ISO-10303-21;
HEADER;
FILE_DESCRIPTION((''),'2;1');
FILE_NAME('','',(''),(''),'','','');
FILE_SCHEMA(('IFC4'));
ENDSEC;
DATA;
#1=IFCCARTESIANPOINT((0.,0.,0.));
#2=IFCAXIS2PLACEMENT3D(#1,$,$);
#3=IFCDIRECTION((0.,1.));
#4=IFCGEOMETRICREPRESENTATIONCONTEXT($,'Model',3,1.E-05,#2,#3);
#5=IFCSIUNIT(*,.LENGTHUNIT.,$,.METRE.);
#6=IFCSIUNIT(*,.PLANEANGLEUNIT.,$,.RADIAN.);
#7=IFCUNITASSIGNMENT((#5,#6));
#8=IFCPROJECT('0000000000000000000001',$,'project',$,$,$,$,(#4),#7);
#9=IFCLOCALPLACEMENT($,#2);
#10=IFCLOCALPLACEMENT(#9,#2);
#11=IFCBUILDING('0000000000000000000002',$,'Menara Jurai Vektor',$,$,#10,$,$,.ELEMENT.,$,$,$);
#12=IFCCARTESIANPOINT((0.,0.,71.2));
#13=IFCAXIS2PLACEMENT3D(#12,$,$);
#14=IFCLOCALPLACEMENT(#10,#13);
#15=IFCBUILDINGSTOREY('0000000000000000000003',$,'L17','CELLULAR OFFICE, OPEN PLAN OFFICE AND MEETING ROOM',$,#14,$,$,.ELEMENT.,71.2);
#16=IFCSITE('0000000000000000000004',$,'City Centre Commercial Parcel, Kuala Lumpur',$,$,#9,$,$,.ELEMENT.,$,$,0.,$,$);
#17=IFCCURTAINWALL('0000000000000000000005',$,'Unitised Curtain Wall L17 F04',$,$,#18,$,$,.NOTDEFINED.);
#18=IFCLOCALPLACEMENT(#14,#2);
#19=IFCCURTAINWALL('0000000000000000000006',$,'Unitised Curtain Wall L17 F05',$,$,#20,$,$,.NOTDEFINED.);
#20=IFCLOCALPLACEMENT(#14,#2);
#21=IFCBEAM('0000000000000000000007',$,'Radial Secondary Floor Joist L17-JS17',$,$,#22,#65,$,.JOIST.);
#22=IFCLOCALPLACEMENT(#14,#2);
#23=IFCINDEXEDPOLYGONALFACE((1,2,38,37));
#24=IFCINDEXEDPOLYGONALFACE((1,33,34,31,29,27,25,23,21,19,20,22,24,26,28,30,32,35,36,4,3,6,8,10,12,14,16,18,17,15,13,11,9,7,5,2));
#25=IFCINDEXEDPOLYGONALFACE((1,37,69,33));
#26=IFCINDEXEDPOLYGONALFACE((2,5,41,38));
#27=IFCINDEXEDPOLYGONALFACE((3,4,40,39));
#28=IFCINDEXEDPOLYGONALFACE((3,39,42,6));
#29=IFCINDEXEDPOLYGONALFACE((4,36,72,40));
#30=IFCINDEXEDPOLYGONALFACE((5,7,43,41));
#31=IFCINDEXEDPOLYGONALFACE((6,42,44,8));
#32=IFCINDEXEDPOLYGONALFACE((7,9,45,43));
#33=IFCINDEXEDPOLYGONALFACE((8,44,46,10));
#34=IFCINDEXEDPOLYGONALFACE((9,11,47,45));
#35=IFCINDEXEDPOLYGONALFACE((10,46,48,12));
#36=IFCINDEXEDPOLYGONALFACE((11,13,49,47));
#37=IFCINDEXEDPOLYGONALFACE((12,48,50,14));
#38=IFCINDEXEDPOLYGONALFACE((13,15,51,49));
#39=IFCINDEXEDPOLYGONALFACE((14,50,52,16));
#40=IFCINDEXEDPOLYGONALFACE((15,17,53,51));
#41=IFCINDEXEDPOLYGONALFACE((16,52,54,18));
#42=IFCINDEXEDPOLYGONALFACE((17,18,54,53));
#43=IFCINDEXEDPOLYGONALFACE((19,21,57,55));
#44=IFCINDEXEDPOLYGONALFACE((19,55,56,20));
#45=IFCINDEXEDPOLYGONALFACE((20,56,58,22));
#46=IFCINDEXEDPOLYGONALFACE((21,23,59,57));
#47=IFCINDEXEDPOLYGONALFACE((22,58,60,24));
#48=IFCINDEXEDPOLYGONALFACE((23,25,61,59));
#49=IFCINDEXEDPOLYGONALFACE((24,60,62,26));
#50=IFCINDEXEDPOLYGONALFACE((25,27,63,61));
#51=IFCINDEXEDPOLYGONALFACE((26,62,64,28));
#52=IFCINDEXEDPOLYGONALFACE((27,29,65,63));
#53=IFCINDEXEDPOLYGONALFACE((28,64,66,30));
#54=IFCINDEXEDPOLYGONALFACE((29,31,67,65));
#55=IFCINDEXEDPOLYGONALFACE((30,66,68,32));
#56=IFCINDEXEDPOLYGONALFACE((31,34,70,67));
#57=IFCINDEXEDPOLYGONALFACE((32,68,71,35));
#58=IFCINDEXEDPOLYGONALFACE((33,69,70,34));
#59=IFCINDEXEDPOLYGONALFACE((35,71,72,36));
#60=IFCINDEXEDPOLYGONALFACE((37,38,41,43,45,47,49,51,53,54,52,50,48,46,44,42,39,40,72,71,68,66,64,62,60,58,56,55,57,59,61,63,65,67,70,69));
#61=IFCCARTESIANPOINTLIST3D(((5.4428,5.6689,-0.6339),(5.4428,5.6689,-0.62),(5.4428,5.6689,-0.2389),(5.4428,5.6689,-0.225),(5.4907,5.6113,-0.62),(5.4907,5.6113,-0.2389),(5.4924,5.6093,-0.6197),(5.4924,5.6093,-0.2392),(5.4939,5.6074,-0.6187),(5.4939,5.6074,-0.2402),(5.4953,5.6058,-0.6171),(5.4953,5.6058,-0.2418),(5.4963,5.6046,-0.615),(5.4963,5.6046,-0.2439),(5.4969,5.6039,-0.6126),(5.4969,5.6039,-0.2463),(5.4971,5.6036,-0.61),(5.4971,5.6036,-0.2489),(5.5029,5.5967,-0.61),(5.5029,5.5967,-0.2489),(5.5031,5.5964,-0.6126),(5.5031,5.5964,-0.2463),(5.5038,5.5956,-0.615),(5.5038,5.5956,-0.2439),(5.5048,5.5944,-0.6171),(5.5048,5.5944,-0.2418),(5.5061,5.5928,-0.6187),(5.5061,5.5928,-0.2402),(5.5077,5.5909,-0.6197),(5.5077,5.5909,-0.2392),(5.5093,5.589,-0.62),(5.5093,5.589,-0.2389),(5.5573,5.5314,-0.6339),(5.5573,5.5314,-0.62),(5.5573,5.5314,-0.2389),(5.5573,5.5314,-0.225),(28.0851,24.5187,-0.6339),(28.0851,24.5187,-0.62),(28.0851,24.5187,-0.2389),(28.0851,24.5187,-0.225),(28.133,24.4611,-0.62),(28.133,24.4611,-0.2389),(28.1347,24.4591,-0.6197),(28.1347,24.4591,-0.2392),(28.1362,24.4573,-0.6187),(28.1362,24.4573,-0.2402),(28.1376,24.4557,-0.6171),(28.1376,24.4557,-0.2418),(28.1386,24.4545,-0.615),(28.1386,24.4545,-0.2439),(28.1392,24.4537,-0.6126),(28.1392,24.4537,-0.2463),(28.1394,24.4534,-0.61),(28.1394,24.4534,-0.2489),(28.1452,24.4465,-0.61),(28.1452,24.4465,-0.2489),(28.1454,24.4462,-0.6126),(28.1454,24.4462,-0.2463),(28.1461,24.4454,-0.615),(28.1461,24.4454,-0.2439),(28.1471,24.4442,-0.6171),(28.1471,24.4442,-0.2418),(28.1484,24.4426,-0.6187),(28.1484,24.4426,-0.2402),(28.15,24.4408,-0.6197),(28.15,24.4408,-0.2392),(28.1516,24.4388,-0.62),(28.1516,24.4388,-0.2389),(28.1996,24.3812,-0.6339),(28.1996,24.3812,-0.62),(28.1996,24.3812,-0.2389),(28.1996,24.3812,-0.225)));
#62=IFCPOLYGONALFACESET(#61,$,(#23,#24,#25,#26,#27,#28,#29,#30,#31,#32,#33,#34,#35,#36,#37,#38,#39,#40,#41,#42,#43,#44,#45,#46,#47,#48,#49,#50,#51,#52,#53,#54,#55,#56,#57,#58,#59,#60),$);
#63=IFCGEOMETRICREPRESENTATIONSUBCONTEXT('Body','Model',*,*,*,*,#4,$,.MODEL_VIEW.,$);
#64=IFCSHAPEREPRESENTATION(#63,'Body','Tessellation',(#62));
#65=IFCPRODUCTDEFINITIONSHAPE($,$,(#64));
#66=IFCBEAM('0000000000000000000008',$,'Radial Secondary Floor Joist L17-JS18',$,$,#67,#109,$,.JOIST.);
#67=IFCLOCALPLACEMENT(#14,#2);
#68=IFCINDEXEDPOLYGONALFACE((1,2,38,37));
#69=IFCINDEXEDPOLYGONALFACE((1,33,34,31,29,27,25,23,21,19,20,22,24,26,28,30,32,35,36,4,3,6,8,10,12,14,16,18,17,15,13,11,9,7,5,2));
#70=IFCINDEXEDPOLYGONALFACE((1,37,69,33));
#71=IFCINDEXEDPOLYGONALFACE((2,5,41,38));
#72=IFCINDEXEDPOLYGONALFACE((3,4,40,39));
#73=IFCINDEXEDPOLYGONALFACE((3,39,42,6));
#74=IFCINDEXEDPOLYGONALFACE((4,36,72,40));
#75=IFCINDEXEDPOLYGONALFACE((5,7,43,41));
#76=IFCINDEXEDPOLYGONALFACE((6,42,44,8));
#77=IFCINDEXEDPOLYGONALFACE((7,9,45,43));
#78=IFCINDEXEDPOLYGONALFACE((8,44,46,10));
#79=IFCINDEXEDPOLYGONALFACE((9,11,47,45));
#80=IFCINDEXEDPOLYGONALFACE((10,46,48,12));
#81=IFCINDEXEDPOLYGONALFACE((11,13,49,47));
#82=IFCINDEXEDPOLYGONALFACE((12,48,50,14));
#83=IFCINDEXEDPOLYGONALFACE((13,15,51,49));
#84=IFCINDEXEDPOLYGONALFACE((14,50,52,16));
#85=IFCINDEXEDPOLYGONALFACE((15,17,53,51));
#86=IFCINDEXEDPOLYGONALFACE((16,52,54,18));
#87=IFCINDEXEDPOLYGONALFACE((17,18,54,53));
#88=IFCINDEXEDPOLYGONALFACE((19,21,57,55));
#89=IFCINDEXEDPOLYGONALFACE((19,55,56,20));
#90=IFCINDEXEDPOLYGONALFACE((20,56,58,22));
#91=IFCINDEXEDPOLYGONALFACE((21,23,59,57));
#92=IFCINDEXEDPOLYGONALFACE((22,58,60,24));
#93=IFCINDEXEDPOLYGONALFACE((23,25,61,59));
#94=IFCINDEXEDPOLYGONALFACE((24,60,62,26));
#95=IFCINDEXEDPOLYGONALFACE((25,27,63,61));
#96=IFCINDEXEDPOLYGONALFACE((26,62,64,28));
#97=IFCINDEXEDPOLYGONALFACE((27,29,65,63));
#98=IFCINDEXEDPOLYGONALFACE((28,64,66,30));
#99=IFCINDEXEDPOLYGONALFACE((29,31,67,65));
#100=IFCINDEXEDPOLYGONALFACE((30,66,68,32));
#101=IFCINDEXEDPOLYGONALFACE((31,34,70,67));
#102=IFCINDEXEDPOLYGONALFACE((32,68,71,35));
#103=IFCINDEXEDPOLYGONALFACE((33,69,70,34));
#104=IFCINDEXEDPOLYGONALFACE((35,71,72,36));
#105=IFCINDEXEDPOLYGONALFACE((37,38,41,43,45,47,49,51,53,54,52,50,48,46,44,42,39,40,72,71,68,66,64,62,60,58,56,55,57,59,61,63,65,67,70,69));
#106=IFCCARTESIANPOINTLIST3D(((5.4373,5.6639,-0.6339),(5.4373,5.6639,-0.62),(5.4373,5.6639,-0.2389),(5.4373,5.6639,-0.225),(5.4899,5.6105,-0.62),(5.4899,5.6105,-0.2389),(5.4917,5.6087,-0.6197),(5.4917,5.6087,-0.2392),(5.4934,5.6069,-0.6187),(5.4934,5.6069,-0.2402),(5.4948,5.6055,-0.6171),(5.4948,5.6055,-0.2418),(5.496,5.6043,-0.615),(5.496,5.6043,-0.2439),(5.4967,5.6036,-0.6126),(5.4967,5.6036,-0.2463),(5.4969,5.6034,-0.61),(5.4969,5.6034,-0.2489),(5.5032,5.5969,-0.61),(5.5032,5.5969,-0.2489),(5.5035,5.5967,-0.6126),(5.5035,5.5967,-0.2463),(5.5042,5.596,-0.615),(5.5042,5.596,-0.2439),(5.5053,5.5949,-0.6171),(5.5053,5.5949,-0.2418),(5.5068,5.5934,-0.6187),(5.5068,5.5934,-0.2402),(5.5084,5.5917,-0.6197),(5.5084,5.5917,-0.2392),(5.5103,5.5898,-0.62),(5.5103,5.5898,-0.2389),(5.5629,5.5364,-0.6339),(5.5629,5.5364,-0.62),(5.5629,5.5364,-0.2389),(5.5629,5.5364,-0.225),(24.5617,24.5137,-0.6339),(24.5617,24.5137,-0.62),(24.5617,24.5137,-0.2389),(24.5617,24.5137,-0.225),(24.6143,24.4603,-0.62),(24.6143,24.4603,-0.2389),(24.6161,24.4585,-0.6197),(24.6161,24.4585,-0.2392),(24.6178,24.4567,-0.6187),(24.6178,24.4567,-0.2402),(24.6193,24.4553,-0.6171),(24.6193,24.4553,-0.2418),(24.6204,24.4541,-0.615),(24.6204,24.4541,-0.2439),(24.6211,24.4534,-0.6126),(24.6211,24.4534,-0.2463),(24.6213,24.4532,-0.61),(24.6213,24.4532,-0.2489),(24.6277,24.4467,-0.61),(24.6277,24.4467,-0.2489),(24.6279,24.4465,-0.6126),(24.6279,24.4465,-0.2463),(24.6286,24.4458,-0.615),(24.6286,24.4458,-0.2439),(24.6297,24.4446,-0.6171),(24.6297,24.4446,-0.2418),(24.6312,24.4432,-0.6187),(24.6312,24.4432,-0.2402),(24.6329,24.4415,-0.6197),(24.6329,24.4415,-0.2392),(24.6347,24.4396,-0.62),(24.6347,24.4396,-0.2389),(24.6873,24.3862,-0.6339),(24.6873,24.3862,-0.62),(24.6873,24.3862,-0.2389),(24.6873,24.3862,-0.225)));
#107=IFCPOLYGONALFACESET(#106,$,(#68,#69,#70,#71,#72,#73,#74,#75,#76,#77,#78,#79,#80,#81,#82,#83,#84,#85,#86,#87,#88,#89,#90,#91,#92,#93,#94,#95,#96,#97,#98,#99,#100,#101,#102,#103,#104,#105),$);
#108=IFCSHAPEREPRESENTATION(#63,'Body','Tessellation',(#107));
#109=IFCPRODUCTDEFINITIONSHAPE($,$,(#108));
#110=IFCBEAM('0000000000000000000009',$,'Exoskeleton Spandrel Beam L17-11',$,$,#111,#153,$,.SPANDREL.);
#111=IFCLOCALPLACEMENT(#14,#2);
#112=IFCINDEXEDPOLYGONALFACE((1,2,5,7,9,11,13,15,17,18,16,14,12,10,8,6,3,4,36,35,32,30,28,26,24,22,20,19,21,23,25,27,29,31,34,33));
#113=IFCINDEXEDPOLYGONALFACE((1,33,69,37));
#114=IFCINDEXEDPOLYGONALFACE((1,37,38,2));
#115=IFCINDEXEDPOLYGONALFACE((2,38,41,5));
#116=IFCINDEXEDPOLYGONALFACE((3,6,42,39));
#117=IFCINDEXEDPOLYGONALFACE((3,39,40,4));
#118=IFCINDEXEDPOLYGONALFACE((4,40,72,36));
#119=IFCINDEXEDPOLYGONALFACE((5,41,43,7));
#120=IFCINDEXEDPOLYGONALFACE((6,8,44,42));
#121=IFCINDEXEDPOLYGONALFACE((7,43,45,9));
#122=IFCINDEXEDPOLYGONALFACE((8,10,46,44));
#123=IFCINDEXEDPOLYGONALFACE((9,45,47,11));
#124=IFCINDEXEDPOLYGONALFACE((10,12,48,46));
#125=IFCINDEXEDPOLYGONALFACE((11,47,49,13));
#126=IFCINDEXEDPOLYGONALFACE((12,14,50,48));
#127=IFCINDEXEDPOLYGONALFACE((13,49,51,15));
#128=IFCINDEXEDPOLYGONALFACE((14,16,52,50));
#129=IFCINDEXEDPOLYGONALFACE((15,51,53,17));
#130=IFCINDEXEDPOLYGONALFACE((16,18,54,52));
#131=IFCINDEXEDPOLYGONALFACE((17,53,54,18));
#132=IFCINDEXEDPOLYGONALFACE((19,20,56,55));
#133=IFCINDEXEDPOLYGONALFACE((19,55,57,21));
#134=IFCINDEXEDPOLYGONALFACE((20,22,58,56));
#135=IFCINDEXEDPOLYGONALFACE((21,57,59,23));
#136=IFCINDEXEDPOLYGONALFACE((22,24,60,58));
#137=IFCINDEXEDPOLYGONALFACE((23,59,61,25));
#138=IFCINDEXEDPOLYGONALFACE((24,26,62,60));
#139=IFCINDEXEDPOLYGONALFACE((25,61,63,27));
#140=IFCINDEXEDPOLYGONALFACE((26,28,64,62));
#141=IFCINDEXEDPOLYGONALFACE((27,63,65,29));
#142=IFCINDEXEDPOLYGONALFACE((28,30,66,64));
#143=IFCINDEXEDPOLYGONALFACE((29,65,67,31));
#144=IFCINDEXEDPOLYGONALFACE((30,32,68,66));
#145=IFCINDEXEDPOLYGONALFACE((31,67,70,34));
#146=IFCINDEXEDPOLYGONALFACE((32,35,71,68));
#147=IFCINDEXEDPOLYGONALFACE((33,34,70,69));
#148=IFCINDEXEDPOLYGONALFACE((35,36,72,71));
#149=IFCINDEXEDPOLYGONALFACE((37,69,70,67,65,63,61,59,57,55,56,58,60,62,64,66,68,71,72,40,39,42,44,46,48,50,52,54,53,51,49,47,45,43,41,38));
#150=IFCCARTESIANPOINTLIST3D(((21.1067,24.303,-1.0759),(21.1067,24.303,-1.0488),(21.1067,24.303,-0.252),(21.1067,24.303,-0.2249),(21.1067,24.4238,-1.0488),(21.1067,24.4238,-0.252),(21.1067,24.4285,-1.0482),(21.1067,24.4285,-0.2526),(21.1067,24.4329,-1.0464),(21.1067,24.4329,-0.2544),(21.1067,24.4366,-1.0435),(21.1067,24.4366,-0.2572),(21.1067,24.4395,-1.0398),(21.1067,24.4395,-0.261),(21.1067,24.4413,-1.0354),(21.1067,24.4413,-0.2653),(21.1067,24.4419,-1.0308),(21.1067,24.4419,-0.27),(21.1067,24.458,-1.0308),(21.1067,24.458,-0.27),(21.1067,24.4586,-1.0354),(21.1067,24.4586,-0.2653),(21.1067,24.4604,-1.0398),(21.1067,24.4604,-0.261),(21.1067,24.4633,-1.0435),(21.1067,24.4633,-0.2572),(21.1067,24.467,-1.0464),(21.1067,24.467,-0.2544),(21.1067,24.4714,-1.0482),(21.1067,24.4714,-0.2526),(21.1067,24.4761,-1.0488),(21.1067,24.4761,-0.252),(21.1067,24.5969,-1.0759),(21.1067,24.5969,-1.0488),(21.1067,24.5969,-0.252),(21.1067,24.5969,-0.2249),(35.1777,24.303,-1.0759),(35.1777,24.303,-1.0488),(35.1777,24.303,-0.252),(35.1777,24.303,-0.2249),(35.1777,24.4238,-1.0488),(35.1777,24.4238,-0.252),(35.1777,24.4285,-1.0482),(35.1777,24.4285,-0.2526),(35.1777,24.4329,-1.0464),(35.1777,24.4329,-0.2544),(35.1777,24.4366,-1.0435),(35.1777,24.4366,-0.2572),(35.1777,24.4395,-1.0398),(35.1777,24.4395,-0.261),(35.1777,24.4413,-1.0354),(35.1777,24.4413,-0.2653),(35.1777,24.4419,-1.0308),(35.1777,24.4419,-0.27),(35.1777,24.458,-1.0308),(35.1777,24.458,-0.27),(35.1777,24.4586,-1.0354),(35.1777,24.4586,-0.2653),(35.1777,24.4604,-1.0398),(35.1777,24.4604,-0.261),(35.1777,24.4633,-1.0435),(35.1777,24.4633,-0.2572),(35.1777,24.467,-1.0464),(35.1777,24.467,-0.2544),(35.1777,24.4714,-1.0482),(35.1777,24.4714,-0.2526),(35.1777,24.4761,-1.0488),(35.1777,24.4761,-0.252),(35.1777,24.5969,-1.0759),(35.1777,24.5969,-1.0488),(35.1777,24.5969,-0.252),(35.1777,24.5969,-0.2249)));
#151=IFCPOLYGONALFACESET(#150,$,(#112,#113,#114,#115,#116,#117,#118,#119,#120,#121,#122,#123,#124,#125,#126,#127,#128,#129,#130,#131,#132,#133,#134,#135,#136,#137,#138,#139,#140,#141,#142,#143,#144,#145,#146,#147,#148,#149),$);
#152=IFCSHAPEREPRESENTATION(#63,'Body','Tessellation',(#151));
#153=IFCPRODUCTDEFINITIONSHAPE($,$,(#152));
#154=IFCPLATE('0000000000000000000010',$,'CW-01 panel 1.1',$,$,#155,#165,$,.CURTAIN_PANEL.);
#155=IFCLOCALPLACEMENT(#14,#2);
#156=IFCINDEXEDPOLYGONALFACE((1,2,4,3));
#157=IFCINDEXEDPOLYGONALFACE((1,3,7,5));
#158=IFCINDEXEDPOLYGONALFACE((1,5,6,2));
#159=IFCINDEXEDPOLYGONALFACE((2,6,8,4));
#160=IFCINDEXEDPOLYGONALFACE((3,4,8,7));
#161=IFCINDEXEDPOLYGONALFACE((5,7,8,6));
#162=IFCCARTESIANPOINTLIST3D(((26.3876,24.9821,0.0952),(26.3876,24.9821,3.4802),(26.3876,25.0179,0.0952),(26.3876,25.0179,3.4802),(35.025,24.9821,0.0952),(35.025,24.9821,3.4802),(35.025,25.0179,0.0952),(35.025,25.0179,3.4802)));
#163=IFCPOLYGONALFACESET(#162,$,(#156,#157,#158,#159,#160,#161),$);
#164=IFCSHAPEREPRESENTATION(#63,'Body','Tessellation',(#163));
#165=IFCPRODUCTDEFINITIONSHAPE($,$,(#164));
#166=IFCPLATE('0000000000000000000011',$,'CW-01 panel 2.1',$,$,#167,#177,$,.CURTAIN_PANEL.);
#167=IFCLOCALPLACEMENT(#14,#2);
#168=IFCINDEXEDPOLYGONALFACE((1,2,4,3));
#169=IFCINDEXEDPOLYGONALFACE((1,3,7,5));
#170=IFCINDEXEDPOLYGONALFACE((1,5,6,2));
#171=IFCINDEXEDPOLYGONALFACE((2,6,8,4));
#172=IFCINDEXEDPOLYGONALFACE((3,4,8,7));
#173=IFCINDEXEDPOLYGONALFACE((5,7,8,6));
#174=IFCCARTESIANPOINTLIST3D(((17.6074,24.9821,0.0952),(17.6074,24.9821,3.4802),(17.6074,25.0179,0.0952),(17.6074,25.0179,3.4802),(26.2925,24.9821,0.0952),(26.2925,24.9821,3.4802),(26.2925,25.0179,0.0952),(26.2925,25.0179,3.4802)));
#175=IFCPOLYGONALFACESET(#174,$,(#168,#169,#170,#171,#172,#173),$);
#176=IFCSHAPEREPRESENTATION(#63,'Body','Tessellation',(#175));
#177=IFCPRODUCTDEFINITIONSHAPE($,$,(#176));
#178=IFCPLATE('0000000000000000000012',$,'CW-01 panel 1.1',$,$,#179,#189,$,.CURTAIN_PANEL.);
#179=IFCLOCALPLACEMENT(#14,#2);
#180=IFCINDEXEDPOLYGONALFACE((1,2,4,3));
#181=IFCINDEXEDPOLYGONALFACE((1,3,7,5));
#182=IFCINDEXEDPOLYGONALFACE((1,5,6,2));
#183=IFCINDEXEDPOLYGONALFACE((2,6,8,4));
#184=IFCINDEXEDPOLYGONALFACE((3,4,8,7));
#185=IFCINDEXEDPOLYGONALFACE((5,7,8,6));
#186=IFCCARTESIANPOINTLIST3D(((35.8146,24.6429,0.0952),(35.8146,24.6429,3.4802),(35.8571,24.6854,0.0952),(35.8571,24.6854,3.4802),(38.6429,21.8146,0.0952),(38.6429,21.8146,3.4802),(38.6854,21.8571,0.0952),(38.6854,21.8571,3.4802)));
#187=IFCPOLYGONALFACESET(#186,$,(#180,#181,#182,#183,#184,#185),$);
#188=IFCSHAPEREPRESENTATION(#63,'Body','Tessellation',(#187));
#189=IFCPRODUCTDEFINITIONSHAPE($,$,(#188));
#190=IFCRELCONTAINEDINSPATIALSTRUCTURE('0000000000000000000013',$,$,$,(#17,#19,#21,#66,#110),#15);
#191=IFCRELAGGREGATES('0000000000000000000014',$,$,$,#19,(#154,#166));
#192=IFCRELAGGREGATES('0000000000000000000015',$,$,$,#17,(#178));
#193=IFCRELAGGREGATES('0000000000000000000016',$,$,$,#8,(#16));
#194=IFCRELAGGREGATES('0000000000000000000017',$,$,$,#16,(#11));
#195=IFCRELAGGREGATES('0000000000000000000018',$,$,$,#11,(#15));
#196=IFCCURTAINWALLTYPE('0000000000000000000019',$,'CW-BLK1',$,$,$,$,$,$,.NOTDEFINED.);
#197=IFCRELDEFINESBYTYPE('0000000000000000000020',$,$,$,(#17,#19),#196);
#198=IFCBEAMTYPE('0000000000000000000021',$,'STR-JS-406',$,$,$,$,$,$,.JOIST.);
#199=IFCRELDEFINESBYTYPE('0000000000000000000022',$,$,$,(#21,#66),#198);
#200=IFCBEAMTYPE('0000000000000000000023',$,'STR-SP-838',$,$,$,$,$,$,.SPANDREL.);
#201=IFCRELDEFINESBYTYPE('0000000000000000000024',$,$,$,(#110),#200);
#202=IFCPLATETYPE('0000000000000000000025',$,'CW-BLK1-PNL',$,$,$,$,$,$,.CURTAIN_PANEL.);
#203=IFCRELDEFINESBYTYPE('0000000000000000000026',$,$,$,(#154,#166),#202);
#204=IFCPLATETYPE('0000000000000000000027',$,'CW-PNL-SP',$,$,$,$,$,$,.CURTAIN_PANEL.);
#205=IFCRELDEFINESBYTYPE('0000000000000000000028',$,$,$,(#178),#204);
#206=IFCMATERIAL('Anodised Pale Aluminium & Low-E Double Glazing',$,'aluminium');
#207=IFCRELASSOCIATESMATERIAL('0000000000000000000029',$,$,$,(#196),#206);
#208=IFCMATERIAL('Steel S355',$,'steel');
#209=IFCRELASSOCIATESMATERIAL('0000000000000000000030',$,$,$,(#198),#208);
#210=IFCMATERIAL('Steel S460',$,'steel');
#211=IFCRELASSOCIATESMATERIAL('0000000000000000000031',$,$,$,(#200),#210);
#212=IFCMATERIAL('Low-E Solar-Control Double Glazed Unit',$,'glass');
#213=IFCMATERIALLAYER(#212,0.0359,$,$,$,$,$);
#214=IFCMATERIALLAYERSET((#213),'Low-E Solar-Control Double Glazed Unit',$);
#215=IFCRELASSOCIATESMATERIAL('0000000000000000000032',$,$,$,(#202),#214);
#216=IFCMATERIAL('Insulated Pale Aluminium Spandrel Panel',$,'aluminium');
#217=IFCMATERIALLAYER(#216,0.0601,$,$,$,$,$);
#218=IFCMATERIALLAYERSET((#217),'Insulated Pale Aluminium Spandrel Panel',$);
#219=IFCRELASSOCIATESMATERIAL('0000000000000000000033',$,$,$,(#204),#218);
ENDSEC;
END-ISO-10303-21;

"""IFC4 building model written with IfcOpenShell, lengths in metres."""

from ifc_helpers import new_model, si_unit, direction, frame, origin, origin_2d, place, context, subcontext, project, spatial, rectangle, i_section, extrude, material, layer, layer_set, material_profile, profile_set, type_object, element, aggregate, save


model = new_model("IFC4")

# Units and contexts
model_context = context("Model", 3, precision=1e-05, world=origin(), true_north=direction((0.0, 1.0)))
body_context = subcontext(model_context, "Body", "Model", "MODEL_VIEW")
ifc_project = project(units=[si_unit("LENGTHUNIT", "METRE"), si_unit("PLANEANGLEUNIT", "RADIAN")], contexts=[model_context])

# Site, building, storey
site_placement = place(None, origin())
site = spatial("IfcSite", under=ifc_project, at=site_placement, Name="City Centre Commercial Parcel, Kuala Lumpur", CompositionType="ELEMENT", RefElevation=0.0)
building_placement = place(site_placement, origin())
building = spatial("IfcBuilding", under=site, at=building_placement, Name="Menara Jurai Vektor", CompositionType="ELEMENT")
storey_placement = place(building_placement, frame((0.0, 0.0, 71.2)))
storey = spatial("IfcBuildingStorey", under=building, at=storey_placement, Name="L17", Description="CELLULAR OFFICE, OPEN PLAN OFFICE AND MEETING ROOM", CompositionType="ELEMENT", Elevation=71.2)

# Shared definitions
ifc_material_1 = material(Name="Steel S460", Category="steel")

# Curtain walls
ifc_material_2 = material(Name="Anodised Pale Aluminium & Low-E Double Glazing", Category="aluminium")
curtain_wall_type = type_object("IfcCurtainWallType", Name="CW-BLK1", PredefinedType="NOTDEFINED", material=ifc_material_2)
curtain_wall_1_placement = place(storey_placement, origin())
curtain_wall_1 = element("IfcCurtainWall", 1, at=curtain_wall_1_placement, inside=storey, type_object=curtain_wall_type, Name="Unitised Curtain Wall L17 F04", PredefinedType="NOTDEFINED")
curtain_wall_2_placement = place(storey_placement, origin())
curtain_wall_2 = element("IfcCurtainWall", 2, at=curtain_wall_2_placement, inside=storey, type_object=curtain_wall_type, Name="Unitised Curtain Wall L17 F05", PredefinedType="NOTDEFINED")

# Shared definitions
ifc_material_3 = material(Name="Steel S355", Category="steel")

# Beams
ifc_material_profile_1 = material_profile(ifc_material_3, i_section(OverallWidth=0.179, OverallDepth=0.4089, WebThickness=0.009, FlangeThickness=0.0139, FilletRadius=0.01, at=origin_2d()), Name="UKB 406x178x67")
ifc_profile_set_1 = profile_set([ifc_material_profile_1], Name="Steel S355")
beam_type_1 = type_object("IfcBeamType", Name="STR-JS-406", PredefinedType="JOIST", material=ifc_profile_set_1)
beam_1_placement = place(storey_placement, frame((28.1423, 24.45, -0.4294), z_axis=(-0.768534, -0.639809, 0.0), x_axis=(0.639809, -0.768534, 0.0)))
element("IfcBeam", 3, at=beam_1_placement, inside=storey, type_object=beam_type_1, Name="Radial Secondary Floor Joist L17-JS17", PredefinedType="JOIST", context=body_context, shape_type="SweptSolid", body=[
    extrude(i_section(OverallWidth=0.179, OverallDepth=0.4089, WebThickness=0.009, FlangeThickness=0.0139, FilletRadius=0.01, at=origin_2d()), origin(), (0.0, 0.0, 1.0), 29.4617),
])
beam_2_placement = place(storey_placement, frame((24.6245, 24.45, -0.4294), z_axis=(-0.712202, -0.701974, 0.0), x_axis=(0.701974, -0.712202, 0.0)))
element("IfcBeam", 4, at=beam_2_placement, inside=storey, type_object=beam_type_1, Name="Radial Secondary Floor Joist L17-JS18", PredefinedType="JOIST", context=body_context, shape_type="SweptSolid", body=[
    extrude(i_section(OverallWidth=0.179, OverallDepth=0.4089, WebThickness=0.009, FlangeThickness=0.0139, FilletRadius=0.01, at=origin_2d()), origin(), (0.0, 0.0, 1.0), 26.8525),
])
ifc_material_profile_2 = material_profile(ifc_material_1, i_section(OverallWidth=0.2939, OverallDepth=0.8511, WebThickness=0.0161, FlangeThickness=0.0271, FilletRadius=0.0181, at=origin_2d()), Name="UKB 838x292x226")
ifc_profile_set_2 = profile_set([ifc_material_profile_2], Name="Steel S460")
beam_type_2 = type_object("IfcBeamType", Name="STR-SP-838", PredefinedType="SPANDREL", material=ifc_profile_set_2)
beam_3_placement = place(storey_placement, frame((35.1777, 24.45, -0.6504), z_axis=(-1.0, 0.0, 0.0), x_axis=(0.0, -1.0, 0.0)))
element("IfcBeam", 5, at=beam_3_placement, inside=storey, type_object=beam_type_2, Name="Exoskeleton Spandrel Beam L17-11", PredefinedType="SPANDREL", context=body_context, shape_type="SweptSolid", body=[
    extrude(i_section(OverallWidth=0.2939, OverallDepth=0.8511, WebThickness=0.0161, FlangeThickness=0.0271, FilletRadius=0.0181, at=origin_2d()), origin(), (0.0, 0.0, 1.0), 14.071),
])

# Plates
ifc_material_4 = material(Name="Low-E Solar-Control Double Glazed Unit", Category="glass")
ifc_layer_1 = layer(ifc_material_4, 0.0359)
ifc_layer_set_1 = layer_set([ifc_layer_1], Name="Low-E Solar-Control Double Glazed Unit")
plate_type_1 = type_object("IfcPlateType", Name="CW-BLK1-PNL", PredefinedType="CURTAIN_PANEL", material=ifc_layer_set_1)
plate_1_placement = place(storey_placement, frame((30.7063, 25.0, 0.0952), z_axis=(0.0, 0.0, 1.0), x_axis=(-1.0, 0.0, 0.0)))
plate_1 = element("IfcPlate", 6, at=plate_1_placement, type_object=plate_type_1, Name="CW-01 panel 1.1", PredefinedType="CURTAIN_PANEL", context=body_context, shape_type="SweptSolid", body=[
    extrude(rectangle(XDim=8.6375, YDim=0.0359, at=origin_2d()), origin(), (0.0, 0.0, 1.0), 3.385),
])
plate_2_placement = place(storey_placement, frame((21.95, 25.0, 0.0952), z_axis=(0.0, 0.0, 1.0), x_axis=(-1.0, 0.0, 0.0)))
plate_2 = element("IfcPlate", 7, at=plate_2_placement, type_object=plate_type_1, Name="CW-01 panel 2.1", PredefinedType="CURTAIN_PANEL", context=body_context, shape_type="SweptSolid", body=[
    extrude(rectangle(XDim=8.6851, YDim=0.0359, at=origin_2d()), origin(), (0.0, 0.0, 1.0), 3.385),
])
aggregate(curtain_wall_2, [plate_1, plate_2])
ifc_material_5 = material(Name="Insulated Pale Aluminium Spandrel Panel", Category="aluminium")
ifc_layer_2 = layer(ifc_material_5, 0.0601)
ifc_layer_set_2 = layer_set([ifc_layer_2], Name="Insulated Pale Aluminium Spandrel Panel")
plate_type_2 = type_object("IfcPlateType", Name="CW-PNL-SP", PredefinedType="CURTAIN_PANEL", material=ifc_layer_set_2)
plate_3_placement = place(storey_placement, frame((37.25, 23.25, 0.0952), z_axis=(0.0, 0.0, 1.0), x_axis=(-0.707107, 0.707107, 0.0)))
plate_3 = element("IfcPlate", 8, at=plate_3_placement, type_object=plate_type_2, Name="CW-01 panel 1.1", PredefinedType="CURTAIN_PANEL", context=body_context, shape_type="SweptSolid", body=[
    extrude(rectangle(XDim=3.9998, YDim=0.0601, at=origin_2d()), origin(), (0.0, 0.0, 1.0), 3.385),
])
aggregate(curtain_wall_1, [plate_3])

save(model, "model.ifc")
